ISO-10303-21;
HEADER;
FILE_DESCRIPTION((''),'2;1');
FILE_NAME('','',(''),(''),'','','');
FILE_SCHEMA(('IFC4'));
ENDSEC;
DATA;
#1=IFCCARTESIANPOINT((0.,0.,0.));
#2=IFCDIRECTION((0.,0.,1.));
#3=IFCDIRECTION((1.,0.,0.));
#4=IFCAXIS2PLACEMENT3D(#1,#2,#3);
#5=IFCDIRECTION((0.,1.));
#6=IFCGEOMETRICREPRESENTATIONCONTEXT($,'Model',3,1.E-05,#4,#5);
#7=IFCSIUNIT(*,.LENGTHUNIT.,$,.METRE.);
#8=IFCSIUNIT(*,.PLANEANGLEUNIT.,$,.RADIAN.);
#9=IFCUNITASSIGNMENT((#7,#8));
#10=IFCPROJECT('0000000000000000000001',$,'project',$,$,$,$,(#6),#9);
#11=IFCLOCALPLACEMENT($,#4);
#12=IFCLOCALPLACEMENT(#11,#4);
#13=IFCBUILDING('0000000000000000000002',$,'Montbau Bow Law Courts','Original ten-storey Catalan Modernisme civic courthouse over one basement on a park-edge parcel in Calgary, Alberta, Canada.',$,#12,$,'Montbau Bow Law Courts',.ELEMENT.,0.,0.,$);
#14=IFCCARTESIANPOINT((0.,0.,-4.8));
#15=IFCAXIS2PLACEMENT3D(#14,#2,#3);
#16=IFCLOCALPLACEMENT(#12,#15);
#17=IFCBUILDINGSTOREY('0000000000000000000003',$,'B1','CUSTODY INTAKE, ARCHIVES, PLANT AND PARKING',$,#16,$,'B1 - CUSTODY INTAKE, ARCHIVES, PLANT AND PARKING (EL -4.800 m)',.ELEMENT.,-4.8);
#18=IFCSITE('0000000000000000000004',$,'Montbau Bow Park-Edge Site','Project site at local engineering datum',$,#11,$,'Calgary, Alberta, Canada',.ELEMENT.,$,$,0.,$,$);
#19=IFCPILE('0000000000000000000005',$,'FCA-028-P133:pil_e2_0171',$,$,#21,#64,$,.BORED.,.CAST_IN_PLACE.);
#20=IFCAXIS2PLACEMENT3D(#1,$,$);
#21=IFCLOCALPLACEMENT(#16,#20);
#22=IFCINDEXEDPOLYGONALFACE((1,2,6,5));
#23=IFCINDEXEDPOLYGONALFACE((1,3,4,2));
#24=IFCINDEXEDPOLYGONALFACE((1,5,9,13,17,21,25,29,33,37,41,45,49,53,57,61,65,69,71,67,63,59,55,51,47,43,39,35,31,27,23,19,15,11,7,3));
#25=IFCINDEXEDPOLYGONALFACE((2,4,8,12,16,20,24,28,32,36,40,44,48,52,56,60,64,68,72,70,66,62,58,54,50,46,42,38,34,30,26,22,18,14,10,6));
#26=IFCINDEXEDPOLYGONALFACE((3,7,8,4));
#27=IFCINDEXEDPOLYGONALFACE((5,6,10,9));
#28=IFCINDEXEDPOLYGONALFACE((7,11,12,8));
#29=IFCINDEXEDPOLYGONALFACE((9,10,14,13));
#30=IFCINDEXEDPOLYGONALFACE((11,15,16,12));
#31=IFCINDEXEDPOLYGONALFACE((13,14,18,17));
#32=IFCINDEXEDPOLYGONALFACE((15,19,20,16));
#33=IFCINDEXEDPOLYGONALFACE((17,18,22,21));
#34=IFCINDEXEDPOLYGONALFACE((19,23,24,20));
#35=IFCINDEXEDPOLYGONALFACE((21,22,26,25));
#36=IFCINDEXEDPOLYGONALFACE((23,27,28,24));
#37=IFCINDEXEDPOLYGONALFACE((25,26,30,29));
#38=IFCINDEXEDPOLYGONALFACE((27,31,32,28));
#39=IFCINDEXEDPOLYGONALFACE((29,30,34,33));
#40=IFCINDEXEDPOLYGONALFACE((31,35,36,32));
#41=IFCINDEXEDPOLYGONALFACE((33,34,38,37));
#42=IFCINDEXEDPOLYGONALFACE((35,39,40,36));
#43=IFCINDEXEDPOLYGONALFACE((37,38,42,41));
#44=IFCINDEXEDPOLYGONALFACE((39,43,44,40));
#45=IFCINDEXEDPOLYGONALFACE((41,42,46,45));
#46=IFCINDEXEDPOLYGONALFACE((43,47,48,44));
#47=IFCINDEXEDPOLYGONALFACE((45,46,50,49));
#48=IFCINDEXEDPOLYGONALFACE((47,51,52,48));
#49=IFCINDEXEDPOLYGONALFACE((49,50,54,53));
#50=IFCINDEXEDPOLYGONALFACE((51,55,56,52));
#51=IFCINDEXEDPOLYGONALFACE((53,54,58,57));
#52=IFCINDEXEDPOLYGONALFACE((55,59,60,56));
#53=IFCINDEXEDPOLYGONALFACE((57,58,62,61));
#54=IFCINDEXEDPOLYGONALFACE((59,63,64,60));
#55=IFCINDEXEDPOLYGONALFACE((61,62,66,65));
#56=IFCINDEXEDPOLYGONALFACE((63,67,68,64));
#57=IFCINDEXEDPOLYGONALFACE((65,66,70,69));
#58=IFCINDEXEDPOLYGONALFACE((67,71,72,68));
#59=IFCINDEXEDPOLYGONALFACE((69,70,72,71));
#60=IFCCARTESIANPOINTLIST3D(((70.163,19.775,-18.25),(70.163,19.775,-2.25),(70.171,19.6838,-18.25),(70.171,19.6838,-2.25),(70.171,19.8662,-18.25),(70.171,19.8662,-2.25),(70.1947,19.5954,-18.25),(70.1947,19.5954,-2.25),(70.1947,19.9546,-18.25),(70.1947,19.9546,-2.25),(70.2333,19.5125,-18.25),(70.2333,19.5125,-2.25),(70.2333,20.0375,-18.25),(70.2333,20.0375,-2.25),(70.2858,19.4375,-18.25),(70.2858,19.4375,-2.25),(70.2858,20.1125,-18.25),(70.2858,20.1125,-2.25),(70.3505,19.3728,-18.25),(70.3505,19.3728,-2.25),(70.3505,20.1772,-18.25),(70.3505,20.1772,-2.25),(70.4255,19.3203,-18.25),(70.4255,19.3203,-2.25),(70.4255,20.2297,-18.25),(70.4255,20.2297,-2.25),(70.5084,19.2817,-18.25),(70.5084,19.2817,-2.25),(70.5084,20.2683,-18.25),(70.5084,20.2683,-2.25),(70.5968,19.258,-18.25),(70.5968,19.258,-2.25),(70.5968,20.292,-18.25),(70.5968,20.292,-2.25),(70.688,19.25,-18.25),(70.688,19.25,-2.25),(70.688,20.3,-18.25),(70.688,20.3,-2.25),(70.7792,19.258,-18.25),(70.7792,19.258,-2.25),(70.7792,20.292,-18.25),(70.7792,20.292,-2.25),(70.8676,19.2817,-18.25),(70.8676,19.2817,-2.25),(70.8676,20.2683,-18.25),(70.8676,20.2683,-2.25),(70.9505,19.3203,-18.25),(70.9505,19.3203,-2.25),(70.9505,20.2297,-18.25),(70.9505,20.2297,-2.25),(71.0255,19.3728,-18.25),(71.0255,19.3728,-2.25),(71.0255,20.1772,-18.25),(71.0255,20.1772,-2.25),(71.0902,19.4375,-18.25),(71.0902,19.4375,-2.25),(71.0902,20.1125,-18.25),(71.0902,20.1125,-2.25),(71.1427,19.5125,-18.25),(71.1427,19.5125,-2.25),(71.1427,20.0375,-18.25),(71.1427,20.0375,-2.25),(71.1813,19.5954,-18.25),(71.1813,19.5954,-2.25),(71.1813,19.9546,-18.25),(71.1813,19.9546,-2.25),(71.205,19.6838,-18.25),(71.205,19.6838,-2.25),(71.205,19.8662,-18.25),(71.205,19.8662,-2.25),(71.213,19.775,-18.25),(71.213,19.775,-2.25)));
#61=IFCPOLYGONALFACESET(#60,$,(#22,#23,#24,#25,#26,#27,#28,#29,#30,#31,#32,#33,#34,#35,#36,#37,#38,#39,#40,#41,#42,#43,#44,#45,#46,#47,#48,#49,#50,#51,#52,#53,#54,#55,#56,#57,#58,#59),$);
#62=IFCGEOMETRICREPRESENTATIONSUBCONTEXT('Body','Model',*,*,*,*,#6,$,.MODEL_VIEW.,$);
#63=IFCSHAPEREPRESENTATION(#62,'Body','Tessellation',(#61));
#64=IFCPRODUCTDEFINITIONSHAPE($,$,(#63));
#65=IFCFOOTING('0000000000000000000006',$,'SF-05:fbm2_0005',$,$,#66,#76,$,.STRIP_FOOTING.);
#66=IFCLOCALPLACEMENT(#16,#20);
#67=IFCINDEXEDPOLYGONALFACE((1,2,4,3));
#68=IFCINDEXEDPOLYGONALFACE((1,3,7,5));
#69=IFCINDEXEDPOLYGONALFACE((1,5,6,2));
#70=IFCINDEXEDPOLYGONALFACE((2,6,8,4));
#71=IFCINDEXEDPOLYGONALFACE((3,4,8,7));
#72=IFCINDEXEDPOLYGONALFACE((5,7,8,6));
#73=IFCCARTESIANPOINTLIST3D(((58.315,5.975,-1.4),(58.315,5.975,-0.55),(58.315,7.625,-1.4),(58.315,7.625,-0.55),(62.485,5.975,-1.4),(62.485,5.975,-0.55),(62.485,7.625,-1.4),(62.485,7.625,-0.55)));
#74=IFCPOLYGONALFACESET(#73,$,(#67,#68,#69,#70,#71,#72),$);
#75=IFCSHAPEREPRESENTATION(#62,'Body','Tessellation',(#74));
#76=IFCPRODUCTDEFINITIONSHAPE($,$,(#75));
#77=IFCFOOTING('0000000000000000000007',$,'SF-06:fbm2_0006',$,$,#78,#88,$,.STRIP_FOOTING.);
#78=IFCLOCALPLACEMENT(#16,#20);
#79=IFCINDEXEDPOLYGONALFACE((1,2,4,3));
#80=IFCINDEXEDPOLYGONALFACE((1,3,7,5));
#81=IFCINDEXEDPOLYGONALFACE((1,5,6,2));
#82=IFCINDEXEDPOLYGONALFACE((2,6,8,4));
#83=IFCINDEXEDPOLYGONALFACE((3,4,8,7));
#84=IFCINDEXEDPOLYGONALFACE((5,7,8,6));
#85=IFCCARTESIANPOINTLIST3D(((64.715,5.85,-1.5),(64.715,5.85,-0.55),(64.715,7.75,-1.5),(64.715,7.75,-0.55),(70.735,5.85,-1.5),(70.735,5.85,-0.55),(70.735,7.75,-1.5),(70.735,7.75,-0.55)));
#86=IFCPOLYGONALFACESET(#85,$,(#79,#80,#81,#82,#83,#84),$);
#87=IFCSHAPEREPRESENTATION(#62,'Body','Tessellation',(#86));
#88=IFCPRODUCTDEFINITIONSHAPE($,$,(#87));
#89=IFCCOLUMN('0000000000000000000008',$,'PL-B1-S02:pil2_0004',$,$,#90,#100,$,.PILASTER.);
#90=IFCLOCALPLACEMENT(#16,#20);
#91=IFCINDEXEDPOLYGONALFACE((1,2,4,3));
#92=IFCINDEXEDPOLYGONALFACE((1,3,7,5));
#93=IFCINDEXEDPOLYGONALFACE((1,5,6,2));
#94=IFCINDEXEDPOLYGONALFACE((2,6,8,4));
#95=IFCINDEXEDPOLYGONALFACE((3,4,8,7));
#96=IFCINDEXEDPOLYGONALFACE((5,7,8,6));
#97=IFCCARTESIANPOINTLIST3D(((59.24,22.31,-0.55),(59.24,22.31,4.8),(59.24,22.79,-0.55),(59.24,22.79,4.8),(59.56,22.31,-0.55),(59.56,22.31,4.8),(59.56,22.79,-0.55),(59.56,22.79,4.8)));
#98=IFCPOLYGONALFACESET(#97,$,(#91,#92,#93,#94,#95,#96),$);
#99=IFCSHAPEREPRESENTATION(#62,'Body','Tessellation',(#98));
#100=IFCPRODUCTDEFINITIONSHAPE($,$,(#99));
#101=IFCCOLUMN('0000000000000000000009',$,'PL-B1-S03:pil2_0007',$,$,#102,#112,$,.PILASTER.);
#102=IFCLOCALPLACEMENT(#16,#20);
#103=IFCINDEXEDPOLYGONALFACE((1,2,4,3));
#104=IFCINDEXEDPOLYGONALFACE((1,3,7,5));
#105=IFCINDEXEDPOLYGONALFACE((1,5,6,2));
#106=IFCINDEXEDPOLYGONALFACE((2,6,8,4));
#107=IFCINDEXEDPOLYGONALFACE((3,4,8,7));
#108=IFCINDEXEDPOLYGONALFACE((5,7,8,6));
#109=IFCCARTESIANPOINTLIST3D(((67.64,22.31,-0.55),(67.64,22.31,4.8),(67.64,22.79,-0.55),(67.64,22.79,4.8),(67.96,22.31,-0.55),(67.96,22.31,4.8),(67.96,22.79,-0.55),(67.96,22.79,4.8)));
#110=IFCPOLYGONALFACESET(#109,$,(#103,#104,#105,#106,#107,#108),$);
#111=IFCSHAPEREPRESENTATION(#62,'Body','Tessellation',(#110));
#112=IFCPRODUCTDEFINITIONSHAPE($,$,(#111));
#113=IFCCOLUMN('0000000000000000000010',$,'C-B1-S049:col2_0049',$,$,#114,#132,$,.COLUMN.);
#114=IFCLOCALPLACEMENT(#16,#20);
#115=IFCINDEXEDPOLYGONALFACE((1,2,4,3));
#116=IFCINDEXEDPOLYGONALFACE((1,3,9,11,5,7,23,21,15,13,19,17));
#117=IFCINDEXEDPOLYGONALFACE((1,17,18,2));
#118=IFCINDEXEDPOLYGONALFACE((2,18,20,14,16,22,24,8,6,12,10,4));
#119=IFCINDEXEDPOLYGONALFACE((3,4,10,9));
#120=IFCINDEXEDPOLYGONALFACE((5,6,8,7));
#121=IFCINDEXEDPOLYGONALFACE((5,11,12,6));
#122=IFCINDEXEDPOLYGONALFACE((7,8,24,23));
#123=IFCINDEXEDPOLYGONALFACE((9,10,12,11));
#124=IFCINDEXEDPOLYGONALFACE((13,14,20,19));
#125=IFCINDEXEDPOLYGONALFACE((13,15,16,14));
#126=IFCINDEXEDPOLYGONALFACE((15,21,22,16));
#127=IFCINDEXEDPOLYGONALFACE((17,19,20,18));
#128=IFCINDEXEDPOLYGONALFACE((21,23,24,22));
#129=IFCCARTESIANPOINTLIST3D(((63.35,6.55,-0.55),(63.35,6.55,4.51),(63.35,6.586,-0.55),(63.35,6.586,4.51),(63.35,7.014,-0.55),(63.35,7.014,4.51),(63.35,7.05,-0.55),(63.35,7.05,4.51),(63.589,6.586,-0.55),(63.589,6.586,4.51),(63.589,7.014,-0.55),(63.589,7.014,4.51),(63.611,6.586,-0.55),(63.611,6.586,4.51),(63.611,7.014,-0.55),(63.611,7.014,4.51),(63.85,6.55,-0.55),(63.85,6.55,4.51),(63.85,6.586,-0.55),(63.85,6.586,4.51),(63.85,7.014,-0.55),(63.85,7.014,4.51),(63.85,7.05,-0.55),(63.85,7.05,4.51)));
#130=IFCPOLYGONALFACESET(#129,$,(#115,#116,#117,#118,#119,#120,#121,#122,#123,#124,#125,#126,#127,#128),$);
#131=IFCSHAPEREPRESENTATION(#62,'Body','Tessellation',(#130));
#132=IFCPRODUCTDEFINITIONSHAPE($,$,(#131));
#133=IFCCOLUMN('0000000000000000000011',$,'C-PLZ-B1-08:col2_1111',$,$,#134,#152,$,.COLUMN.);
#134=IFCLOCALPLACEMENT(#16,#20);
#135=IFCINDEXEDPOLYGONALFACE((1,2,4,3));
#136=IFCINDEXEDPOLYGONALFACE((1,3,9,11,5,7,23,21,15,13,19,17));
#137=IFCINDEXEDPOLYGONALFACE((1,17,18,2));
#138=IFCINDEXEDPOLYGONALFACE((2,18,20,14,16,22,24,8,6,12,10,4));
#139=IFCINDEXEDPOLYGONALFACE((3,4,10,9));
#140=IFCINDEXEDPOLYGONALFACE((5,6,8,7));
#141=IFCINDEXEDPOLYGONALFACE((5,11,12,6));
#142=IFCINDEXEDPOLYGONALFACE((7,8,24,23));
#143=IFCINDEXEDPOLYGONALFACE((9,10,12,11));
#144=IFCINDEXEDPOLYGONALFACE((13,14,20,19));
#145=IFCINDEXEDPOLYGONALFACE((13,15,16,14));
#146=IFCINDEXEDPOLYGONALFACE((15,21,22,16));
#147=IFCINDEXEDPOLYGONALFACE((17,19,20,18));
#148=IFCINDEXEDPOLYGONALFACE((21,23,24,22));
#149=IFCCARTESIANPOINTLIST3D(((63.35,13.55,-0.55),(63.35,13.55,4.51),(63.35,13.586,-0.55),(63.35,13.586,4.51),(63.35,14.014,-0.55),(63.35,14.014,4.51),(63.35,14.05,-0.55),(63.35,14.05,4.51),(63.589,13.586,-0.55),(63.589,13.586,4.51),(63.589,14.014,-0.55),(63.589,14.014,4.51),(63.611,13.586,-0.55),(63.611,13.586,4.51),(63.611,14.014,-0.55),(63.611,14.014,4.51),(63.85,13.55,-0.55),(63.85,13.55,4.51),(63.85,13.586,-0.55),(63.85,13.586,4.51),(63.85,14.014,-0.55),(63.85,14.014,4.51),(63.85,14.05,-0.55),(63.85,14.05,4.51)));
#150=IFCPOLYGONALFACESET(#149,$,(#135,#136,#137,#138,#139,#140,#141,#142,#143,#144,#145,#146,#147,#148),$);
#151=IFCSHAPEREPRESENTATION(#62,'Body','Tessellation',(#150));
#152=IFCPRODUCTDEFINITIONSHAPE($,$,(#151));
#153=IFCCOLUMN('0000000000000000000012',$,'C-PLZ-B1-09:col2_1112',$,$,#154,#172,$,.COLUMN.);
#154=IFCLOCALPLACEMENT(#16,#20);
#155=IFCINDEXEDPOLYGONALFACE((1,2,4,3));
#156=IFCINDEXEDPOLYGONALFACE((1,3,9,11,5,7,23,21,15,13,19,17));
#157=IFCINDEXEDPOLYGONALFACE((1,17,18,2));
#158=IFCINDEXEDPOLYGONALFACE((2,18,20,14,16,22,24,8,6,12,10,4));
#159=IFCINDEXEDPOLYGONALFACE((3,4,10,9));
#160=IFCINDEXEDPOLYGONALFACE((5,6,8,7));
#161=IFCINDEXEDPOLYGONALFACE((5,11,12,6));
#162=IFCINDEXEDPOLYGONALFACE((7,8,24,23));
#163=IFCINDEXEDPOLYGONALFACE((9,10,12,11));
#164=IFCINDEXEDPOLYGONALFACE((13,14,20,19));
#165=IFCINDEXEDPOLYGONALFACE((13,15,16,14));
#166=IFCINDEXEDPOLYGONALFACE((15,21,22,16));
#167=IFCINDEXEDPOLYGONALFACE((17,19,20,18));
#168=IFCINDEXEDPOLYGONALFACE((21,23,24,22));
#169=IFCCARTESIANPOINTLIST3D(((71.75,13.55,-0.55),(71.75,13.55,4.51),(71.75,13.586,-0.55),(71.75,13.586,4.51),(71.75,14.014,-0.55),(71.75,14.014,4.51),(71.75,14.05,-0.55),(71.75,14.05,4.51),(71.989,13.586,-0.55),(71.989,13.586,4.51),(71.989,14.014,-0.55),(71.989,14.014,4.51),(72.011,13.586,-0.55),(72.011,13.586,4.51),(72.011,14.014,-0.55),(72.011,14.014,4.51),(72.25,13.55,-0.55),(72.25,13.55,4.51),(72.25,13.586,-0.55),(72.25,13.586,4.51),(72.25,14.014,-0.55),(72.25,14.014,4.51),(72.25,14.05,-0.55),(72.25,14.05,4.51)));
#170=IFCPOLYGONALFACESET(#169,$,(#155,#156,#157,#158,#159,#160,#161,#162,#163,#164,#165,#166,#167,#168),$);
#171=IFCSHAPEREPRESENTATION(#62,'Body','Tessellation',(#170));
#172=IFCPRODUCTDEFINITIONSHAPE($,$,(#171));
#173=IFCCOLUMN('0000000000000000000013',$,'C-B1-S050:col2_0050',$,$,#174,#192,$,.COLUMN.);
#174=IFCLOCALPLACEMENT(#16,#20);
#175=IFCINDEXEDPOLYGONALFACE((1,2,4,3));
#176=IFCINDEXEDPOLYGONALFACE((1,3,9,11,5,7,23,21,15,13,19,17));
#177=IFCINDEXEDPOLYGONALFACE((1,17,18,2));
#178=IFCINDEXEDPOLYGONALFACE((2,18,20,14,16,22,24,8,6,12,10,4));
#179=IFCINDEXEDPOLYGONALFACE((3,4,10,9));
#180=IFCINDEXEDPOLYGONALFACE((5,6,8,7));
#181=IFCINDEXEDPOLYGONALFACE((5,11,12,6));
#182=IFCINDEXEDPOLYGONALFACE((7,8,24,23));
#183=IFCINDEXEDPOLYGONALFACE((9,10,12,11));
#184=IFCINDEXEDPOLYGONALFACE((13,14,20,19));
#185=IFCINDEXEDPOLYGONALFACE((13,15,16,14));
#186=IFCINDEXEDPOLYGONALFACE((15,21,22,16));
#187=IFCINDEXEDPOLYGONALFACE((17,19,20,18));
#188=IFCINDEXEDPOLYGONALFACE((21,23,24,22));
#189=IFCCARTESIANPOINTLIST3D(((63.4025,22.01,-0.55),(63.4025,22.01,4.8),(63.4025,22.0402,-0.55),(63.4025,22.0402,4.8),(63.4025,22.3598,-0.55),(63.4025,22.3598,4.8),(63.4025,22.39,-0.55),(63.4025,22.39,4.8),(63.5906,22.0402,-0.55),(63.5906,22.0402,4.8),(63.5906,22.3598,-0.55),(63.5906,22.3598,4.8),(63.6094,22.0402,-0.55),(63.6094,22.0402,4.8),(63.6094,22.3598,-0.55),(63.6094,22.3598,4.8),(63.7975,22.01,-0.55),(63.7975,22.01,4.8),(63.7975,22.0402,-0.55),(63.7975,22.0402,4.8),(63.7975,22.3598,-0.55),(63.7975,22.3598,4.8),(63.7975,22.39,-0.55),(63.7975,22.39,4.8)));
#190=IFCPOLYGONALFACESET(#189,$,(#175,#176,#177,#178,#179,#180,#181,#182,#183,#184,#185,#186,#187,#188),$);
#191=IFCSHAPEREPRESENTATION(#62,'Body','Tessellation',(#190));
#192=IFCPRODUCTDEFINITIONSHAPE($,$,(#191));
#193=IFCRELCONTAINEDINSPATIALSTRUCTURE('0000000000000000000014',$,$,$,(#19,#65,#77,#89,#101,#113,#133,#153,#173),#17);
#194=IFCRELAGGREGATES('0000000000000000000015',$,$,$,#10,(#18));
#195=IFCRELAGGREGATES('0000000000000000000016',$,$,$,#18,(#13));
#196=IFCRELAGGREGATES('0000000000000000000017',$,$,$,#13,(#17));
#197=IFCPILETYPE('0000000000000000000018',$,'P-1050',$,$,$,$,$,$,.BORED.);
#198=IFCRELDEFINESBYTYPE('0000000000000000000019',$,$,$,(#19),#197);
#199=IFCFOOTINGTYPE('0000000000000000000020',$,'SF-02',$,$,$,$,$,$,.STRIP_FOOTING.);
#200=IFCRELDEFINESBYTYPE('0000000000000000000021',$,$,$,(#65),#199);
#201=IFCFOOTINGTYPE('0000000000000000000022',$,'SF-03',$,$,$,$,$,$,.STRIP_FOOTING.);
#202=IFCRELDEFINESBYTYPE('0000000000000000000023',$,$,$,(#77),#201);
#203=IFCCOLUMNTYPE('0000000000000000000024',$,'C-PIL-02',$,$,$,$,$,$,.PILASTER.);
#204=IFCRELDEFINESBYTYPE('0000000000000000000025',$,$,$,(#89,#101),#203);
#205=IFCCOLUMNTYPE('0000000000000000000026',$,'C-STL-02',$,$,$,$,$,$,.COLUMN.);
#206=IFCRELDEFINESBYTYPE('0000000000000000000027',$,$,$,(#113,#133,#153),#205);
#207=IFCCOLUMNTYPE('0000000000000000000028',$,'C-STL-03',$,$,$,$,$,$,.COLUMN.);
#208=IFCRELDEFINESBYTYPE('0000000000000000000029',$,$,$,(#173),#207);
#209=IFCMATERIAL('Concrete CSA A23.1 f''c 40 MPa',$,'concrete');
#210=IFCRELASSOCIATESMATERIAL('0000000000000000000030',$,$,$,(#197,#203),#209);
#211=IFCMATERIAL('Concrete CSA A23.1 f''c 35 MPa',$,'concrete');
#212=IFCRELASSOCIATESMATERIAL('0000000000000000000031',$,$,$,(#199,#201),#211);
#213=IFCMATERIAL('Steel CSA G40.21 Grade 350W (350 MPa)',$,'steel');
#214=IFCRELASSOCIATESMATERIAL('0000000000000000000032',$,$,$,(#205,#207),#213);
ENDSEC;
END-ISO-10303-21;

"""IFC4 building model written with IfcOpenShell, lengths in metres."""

from ifc_helpers import new_model, si_unit, direction, frame, origin_with_axes, origin_2d_with_axis, place, context, subcontext, project, spatial, rectangle, circle, i_section, extrude, material, material_profile, profile_set, type_object, element, save


model = new_model("IFC4")

# Units and contexts
model_context = context("Model", 3, precision=1e-05, world=origin_with_axes(), true_north=direction((0.0, 1.0)))
body_context = subcontext(model_context, "Body", "Model", "MODEL_VIEW")
ifc_project = project(units=[si_unit("LENGTHUNIT", "METRE"), si_unit("PLANEANGLEUNIT", "RADIAN")], contexts=[model_context])

# Site, building, storey
site_placement = place(None, origin_with_axes())
site = spatial("IfcSite", under=ifc_project, at=site_placement, Name="Montbau Bow Park-Edge Site", Description="Project site at local engineering datum", LongName="Calgary, Alberta, Canada", CompositionType="ELEMENT", RefElevation=0.0)
building_placement = place(site_placement, origin_with_axes())
building = spatial("IfcBuilding", under=site, at=building_placement, Name="Montbau Bow Law Courts", Description="Original ten-storey Catalan Modernisme civic courthouse over one basement on a park-edge parcel in Calgary, Alberta, Canada.", LongName="Montbau Bow Law Courts", CompositionType="ELEMENT", ElevationOfRefHeight=0.0, ElevationOfTerrain=0.0)
storey_placement = place(building_placement, frame((0.0, 0.0, -4.8), z_axis=(0.0, 0.0, 1.0), x_axis=(1.0, 0.0, 0.0)))
storey = spatial("IfcBuildingStorey", under=building, at=storey_placement, Name="B1", Description="CUSTODY INTAKE, ARCHIVES, PLANT AND PARKING", LongName="B1 - CUSTODY INTAKE, ARCHIVES, PLANT AND PARKING (EL -4.800 m)", CompositionType="ELEMENT", Elevation=-4.8)

# Shared definitions
ifc_material_1 = material(Name="Concrete CSA A23.1 f'c 35 MPa", Category="concrete")

# Pile
ifc_material_2 = material(Name="Concrete CSA A23.1 f'c 40 MPa", Category="concrete")
ifc_material_profile_1 = material_profile(ifc_material_2, circle(Radius=0.525, at=origin_2d_with_axis()), Name="BP1050", Category="Main", Priority=0)
ifc_profile_set_1 = profile_set([ifc_material_profile_1], Name="Concrete CSA A23.1 f'c 40 MPa")
pile_type_1 = type_object("IfcPileType", Name="P-1050", PredefinedType="BORED", material=ifc_profile_set_1)
for number, where, z_axis, x_axis, name in (
    (1, (70.688, 19.775, -23.05), (0.0, 0.0, 1.0), (1.0, 0.0, 0.0), "FCA-028-P133:pil_e2_0171"),
):
    element("IfcPile", number, at=place(None, frame(where, z_axis=z_axis, x_axis=x_axis)), inside=storey, type_object=pile_type_1, Name=name, ConstructionType="CAST_IN_PLACE", PredefinedType="BORED", context=body_context, shape_type="SweptSolid", body=[
        extrude(circle(Radius=0.525, at=origin_2d_with_axis()), origin_with_axes(), (0.0, 0.0, 1.0), 16.0),
    ])

# Footings
footing_type_1 = type_object("IfcFootingType", Name="SF-02", PredefinedType="STRIP_FOOTING", material=ifc_material_1)
footing_1_placement = place(None, frame((60.4, 6.8, -6.2), z_axis=(0.0, 0.0, 1.0), x_axis=(1.0, 0.0, 0.0)))
element("IfcFooting", 2, at=footing_1_placement, inside=storey, type_object=footing_type_1, Name="SF-05:fbm2_0005", PredefinedType="STRIP_FOOTING", context=body_context, shape_type="SweptSolid", body=[
    extrude(rectangle(XDim=4.17, YDim=1.65, at=origin_2d_with_axis()), origin_with_axes(), (0.0, 0.0, 1.0), 0.85),
])
footing_type_2 = type_object("IfcFootingType", Name="SF-03", PredefinedType="STRIP_FOOTING", material=ifc_material_1)
footing_2_placement = place(None, frame((67.725, 6.8, -6.3), z_axis=(0.0, 0.0, 1.0), x_axis=(1.0, 0.0, 0.0)))
element("IfcFooting", 3, at=footing_2_placement, inside=storey, type_object=footing_type_2, Name="SF-06:fbm2_0006", PredefinedType="STRIP_FOOTING", context=body_context, shape_type="SweptSolid", body=[
    extrude(rectangle(XDim=6.02, YDim=1.9, at=origin_2d_with_axis()), origin_with_axes(), (0.0, 0.0, 1.0), 0.95),
])

# Columns
ifc_material_profile_2 = material_profile(ifc_material_2, rectangle(XDim=0.32, YDim=0.48, at=origin_2d_with_axis()), Name="RC480X320", Category="Main", Priority=0)
ifc_profile_set_2 = profile_set([ifc_material_profile_2], Name="Concrete CSA A23.1 f'c 40 MPa")
column_type_1 = type_object("IfcColumnType", Name="C-PIL-02", PredefinedType="PILASTER", material=ifc_profile_set_2)
for number, where, z_axis, x_axis, name in (
    (4, (59.4, 22.55, -5.35), (0.0, 0.0, 1.0), (1.0, 0.0, 0.0), "PL-B1-S02:pil2_0004"),
    (5, (67.8, 22.55, -5.35), (0.0, 0.0, 1.0), (1.0, 0.0, 0.0), "PL-B1-S03:pil2_0007"),
):
    element("IfcColumn", number, at=place(None, frame(where, z_axis=z_axis, x_axis=x_axis)), inside=storey, type_object=column_type_1, Name=name, PredefinedType="PILASTER", context=body_context, shape_type="SweptSolid", body=[
        extrude(rectangle(XDim=0.32, YDim=0.48, at=origin_2d_with_axis()), origin_with_axes(), (0.0, 0.0, 1.0), 5.35),
    ])
ifc_material_3 = material(Name="Steel CSA G40.21 Grade 350W (350 MPa)", Category="steel")
ifc_material_profile_3 = material_profile(ifc_material_3, i_section(OverallWidth=0.5, OverallDepth=0.5, WebThickness=0.022, FlangeThickness=0.036, at=origin_2d_with_axis()), Name="WWF500X343", Category="Main", Priority=0)
ifc_profile_set_3 = profile_set([ifc_material_profile_3], Name="Steel CSA G40.21 Grade 350W (350 MPa)")
column_type_2 = type_object("IfcColumnType", Name="C-STL-02", PredefinedType="COLUMN", material=ifc_profile_set_3)
for number, where, z_axis, x_axis, name in (
    (6, (63.6, 6.8, -5.35), (0.0, 0.0, 1.0), (1.0, 0.0, 0.0), "C-B1-S049:col2_0049"),
    (7, (63.6, 13.8, -5.35), (0.0, 0.0, 1.0), (1.0, 0.0, 0.0), "C-PLZ-B1-08:col2_1111"),
    (8, (72.0, 13.8, -5.35), (0.0, 0.0, 1.0), (1.0, 0.0, 0.0), "C-PLZ-B1-09:col2_1112"),
):
    element("IfcColumn", number, at=place(None, frame(where, z_axis=z_axis, x_axis=x_axis)), inside=storey, type_object=column_type_2, Name=name, PredefinedType="COLUMN", context=body_context, shape_type="SweptSolid", body=[
        extrude(i_section(OverallWidth=0.5, OverallDepth=0.5, WebThickness=0.022, FlangeThickness=0.036, at=origin_2d_with_axis()), origin_with_axes(), (0.0, 0.0, 1.0), 5.06),
    ])
ifc_material_profile_4 = material_profile(ifc_material_3, i_section(OverallWidth=0.395, OverallDepth=0.38, WebThickness=0.0189, FlangeThickness=0.0302, at=origin_2d_with_axis()), Name="W360X237", Category="Main", Priority=0)
ifc_profile_set_4 = profile_set([ifc_material_profile_4], Name="Steel CSA G40.21 Grade 350W (350 MPa)")
column_type_3 = type_object("IfcColumnType", Name="C-STL-03", PredefinedType="COLUMN", material=ifc_profile_set_4)
column_1_placement = place(None, frame((63.6, 22.2, -5.35), z_axis=(0.0, 0.0, 1.0), x_axis=(1.0, 0.0, 0.0)))
element("IfcColumn", 9, at=column_1_placement, inside=storey, type_object=column_type_3, Name="C-B1-S050:col2_0050", PredefinedType="COLUMN", context=body_context, shape_type="SweptSolid", body=[
    extrude(i_section(OverallWidth=0.395, OverallDepth=0.38, WebThickness=0.0189, FlangeThickness=0.0302, at=origin_2d_with_axis()), origin_with_axes(), (0.0, 0.0, 1.0), 5.35),
])

save(model, "model.ifc")
